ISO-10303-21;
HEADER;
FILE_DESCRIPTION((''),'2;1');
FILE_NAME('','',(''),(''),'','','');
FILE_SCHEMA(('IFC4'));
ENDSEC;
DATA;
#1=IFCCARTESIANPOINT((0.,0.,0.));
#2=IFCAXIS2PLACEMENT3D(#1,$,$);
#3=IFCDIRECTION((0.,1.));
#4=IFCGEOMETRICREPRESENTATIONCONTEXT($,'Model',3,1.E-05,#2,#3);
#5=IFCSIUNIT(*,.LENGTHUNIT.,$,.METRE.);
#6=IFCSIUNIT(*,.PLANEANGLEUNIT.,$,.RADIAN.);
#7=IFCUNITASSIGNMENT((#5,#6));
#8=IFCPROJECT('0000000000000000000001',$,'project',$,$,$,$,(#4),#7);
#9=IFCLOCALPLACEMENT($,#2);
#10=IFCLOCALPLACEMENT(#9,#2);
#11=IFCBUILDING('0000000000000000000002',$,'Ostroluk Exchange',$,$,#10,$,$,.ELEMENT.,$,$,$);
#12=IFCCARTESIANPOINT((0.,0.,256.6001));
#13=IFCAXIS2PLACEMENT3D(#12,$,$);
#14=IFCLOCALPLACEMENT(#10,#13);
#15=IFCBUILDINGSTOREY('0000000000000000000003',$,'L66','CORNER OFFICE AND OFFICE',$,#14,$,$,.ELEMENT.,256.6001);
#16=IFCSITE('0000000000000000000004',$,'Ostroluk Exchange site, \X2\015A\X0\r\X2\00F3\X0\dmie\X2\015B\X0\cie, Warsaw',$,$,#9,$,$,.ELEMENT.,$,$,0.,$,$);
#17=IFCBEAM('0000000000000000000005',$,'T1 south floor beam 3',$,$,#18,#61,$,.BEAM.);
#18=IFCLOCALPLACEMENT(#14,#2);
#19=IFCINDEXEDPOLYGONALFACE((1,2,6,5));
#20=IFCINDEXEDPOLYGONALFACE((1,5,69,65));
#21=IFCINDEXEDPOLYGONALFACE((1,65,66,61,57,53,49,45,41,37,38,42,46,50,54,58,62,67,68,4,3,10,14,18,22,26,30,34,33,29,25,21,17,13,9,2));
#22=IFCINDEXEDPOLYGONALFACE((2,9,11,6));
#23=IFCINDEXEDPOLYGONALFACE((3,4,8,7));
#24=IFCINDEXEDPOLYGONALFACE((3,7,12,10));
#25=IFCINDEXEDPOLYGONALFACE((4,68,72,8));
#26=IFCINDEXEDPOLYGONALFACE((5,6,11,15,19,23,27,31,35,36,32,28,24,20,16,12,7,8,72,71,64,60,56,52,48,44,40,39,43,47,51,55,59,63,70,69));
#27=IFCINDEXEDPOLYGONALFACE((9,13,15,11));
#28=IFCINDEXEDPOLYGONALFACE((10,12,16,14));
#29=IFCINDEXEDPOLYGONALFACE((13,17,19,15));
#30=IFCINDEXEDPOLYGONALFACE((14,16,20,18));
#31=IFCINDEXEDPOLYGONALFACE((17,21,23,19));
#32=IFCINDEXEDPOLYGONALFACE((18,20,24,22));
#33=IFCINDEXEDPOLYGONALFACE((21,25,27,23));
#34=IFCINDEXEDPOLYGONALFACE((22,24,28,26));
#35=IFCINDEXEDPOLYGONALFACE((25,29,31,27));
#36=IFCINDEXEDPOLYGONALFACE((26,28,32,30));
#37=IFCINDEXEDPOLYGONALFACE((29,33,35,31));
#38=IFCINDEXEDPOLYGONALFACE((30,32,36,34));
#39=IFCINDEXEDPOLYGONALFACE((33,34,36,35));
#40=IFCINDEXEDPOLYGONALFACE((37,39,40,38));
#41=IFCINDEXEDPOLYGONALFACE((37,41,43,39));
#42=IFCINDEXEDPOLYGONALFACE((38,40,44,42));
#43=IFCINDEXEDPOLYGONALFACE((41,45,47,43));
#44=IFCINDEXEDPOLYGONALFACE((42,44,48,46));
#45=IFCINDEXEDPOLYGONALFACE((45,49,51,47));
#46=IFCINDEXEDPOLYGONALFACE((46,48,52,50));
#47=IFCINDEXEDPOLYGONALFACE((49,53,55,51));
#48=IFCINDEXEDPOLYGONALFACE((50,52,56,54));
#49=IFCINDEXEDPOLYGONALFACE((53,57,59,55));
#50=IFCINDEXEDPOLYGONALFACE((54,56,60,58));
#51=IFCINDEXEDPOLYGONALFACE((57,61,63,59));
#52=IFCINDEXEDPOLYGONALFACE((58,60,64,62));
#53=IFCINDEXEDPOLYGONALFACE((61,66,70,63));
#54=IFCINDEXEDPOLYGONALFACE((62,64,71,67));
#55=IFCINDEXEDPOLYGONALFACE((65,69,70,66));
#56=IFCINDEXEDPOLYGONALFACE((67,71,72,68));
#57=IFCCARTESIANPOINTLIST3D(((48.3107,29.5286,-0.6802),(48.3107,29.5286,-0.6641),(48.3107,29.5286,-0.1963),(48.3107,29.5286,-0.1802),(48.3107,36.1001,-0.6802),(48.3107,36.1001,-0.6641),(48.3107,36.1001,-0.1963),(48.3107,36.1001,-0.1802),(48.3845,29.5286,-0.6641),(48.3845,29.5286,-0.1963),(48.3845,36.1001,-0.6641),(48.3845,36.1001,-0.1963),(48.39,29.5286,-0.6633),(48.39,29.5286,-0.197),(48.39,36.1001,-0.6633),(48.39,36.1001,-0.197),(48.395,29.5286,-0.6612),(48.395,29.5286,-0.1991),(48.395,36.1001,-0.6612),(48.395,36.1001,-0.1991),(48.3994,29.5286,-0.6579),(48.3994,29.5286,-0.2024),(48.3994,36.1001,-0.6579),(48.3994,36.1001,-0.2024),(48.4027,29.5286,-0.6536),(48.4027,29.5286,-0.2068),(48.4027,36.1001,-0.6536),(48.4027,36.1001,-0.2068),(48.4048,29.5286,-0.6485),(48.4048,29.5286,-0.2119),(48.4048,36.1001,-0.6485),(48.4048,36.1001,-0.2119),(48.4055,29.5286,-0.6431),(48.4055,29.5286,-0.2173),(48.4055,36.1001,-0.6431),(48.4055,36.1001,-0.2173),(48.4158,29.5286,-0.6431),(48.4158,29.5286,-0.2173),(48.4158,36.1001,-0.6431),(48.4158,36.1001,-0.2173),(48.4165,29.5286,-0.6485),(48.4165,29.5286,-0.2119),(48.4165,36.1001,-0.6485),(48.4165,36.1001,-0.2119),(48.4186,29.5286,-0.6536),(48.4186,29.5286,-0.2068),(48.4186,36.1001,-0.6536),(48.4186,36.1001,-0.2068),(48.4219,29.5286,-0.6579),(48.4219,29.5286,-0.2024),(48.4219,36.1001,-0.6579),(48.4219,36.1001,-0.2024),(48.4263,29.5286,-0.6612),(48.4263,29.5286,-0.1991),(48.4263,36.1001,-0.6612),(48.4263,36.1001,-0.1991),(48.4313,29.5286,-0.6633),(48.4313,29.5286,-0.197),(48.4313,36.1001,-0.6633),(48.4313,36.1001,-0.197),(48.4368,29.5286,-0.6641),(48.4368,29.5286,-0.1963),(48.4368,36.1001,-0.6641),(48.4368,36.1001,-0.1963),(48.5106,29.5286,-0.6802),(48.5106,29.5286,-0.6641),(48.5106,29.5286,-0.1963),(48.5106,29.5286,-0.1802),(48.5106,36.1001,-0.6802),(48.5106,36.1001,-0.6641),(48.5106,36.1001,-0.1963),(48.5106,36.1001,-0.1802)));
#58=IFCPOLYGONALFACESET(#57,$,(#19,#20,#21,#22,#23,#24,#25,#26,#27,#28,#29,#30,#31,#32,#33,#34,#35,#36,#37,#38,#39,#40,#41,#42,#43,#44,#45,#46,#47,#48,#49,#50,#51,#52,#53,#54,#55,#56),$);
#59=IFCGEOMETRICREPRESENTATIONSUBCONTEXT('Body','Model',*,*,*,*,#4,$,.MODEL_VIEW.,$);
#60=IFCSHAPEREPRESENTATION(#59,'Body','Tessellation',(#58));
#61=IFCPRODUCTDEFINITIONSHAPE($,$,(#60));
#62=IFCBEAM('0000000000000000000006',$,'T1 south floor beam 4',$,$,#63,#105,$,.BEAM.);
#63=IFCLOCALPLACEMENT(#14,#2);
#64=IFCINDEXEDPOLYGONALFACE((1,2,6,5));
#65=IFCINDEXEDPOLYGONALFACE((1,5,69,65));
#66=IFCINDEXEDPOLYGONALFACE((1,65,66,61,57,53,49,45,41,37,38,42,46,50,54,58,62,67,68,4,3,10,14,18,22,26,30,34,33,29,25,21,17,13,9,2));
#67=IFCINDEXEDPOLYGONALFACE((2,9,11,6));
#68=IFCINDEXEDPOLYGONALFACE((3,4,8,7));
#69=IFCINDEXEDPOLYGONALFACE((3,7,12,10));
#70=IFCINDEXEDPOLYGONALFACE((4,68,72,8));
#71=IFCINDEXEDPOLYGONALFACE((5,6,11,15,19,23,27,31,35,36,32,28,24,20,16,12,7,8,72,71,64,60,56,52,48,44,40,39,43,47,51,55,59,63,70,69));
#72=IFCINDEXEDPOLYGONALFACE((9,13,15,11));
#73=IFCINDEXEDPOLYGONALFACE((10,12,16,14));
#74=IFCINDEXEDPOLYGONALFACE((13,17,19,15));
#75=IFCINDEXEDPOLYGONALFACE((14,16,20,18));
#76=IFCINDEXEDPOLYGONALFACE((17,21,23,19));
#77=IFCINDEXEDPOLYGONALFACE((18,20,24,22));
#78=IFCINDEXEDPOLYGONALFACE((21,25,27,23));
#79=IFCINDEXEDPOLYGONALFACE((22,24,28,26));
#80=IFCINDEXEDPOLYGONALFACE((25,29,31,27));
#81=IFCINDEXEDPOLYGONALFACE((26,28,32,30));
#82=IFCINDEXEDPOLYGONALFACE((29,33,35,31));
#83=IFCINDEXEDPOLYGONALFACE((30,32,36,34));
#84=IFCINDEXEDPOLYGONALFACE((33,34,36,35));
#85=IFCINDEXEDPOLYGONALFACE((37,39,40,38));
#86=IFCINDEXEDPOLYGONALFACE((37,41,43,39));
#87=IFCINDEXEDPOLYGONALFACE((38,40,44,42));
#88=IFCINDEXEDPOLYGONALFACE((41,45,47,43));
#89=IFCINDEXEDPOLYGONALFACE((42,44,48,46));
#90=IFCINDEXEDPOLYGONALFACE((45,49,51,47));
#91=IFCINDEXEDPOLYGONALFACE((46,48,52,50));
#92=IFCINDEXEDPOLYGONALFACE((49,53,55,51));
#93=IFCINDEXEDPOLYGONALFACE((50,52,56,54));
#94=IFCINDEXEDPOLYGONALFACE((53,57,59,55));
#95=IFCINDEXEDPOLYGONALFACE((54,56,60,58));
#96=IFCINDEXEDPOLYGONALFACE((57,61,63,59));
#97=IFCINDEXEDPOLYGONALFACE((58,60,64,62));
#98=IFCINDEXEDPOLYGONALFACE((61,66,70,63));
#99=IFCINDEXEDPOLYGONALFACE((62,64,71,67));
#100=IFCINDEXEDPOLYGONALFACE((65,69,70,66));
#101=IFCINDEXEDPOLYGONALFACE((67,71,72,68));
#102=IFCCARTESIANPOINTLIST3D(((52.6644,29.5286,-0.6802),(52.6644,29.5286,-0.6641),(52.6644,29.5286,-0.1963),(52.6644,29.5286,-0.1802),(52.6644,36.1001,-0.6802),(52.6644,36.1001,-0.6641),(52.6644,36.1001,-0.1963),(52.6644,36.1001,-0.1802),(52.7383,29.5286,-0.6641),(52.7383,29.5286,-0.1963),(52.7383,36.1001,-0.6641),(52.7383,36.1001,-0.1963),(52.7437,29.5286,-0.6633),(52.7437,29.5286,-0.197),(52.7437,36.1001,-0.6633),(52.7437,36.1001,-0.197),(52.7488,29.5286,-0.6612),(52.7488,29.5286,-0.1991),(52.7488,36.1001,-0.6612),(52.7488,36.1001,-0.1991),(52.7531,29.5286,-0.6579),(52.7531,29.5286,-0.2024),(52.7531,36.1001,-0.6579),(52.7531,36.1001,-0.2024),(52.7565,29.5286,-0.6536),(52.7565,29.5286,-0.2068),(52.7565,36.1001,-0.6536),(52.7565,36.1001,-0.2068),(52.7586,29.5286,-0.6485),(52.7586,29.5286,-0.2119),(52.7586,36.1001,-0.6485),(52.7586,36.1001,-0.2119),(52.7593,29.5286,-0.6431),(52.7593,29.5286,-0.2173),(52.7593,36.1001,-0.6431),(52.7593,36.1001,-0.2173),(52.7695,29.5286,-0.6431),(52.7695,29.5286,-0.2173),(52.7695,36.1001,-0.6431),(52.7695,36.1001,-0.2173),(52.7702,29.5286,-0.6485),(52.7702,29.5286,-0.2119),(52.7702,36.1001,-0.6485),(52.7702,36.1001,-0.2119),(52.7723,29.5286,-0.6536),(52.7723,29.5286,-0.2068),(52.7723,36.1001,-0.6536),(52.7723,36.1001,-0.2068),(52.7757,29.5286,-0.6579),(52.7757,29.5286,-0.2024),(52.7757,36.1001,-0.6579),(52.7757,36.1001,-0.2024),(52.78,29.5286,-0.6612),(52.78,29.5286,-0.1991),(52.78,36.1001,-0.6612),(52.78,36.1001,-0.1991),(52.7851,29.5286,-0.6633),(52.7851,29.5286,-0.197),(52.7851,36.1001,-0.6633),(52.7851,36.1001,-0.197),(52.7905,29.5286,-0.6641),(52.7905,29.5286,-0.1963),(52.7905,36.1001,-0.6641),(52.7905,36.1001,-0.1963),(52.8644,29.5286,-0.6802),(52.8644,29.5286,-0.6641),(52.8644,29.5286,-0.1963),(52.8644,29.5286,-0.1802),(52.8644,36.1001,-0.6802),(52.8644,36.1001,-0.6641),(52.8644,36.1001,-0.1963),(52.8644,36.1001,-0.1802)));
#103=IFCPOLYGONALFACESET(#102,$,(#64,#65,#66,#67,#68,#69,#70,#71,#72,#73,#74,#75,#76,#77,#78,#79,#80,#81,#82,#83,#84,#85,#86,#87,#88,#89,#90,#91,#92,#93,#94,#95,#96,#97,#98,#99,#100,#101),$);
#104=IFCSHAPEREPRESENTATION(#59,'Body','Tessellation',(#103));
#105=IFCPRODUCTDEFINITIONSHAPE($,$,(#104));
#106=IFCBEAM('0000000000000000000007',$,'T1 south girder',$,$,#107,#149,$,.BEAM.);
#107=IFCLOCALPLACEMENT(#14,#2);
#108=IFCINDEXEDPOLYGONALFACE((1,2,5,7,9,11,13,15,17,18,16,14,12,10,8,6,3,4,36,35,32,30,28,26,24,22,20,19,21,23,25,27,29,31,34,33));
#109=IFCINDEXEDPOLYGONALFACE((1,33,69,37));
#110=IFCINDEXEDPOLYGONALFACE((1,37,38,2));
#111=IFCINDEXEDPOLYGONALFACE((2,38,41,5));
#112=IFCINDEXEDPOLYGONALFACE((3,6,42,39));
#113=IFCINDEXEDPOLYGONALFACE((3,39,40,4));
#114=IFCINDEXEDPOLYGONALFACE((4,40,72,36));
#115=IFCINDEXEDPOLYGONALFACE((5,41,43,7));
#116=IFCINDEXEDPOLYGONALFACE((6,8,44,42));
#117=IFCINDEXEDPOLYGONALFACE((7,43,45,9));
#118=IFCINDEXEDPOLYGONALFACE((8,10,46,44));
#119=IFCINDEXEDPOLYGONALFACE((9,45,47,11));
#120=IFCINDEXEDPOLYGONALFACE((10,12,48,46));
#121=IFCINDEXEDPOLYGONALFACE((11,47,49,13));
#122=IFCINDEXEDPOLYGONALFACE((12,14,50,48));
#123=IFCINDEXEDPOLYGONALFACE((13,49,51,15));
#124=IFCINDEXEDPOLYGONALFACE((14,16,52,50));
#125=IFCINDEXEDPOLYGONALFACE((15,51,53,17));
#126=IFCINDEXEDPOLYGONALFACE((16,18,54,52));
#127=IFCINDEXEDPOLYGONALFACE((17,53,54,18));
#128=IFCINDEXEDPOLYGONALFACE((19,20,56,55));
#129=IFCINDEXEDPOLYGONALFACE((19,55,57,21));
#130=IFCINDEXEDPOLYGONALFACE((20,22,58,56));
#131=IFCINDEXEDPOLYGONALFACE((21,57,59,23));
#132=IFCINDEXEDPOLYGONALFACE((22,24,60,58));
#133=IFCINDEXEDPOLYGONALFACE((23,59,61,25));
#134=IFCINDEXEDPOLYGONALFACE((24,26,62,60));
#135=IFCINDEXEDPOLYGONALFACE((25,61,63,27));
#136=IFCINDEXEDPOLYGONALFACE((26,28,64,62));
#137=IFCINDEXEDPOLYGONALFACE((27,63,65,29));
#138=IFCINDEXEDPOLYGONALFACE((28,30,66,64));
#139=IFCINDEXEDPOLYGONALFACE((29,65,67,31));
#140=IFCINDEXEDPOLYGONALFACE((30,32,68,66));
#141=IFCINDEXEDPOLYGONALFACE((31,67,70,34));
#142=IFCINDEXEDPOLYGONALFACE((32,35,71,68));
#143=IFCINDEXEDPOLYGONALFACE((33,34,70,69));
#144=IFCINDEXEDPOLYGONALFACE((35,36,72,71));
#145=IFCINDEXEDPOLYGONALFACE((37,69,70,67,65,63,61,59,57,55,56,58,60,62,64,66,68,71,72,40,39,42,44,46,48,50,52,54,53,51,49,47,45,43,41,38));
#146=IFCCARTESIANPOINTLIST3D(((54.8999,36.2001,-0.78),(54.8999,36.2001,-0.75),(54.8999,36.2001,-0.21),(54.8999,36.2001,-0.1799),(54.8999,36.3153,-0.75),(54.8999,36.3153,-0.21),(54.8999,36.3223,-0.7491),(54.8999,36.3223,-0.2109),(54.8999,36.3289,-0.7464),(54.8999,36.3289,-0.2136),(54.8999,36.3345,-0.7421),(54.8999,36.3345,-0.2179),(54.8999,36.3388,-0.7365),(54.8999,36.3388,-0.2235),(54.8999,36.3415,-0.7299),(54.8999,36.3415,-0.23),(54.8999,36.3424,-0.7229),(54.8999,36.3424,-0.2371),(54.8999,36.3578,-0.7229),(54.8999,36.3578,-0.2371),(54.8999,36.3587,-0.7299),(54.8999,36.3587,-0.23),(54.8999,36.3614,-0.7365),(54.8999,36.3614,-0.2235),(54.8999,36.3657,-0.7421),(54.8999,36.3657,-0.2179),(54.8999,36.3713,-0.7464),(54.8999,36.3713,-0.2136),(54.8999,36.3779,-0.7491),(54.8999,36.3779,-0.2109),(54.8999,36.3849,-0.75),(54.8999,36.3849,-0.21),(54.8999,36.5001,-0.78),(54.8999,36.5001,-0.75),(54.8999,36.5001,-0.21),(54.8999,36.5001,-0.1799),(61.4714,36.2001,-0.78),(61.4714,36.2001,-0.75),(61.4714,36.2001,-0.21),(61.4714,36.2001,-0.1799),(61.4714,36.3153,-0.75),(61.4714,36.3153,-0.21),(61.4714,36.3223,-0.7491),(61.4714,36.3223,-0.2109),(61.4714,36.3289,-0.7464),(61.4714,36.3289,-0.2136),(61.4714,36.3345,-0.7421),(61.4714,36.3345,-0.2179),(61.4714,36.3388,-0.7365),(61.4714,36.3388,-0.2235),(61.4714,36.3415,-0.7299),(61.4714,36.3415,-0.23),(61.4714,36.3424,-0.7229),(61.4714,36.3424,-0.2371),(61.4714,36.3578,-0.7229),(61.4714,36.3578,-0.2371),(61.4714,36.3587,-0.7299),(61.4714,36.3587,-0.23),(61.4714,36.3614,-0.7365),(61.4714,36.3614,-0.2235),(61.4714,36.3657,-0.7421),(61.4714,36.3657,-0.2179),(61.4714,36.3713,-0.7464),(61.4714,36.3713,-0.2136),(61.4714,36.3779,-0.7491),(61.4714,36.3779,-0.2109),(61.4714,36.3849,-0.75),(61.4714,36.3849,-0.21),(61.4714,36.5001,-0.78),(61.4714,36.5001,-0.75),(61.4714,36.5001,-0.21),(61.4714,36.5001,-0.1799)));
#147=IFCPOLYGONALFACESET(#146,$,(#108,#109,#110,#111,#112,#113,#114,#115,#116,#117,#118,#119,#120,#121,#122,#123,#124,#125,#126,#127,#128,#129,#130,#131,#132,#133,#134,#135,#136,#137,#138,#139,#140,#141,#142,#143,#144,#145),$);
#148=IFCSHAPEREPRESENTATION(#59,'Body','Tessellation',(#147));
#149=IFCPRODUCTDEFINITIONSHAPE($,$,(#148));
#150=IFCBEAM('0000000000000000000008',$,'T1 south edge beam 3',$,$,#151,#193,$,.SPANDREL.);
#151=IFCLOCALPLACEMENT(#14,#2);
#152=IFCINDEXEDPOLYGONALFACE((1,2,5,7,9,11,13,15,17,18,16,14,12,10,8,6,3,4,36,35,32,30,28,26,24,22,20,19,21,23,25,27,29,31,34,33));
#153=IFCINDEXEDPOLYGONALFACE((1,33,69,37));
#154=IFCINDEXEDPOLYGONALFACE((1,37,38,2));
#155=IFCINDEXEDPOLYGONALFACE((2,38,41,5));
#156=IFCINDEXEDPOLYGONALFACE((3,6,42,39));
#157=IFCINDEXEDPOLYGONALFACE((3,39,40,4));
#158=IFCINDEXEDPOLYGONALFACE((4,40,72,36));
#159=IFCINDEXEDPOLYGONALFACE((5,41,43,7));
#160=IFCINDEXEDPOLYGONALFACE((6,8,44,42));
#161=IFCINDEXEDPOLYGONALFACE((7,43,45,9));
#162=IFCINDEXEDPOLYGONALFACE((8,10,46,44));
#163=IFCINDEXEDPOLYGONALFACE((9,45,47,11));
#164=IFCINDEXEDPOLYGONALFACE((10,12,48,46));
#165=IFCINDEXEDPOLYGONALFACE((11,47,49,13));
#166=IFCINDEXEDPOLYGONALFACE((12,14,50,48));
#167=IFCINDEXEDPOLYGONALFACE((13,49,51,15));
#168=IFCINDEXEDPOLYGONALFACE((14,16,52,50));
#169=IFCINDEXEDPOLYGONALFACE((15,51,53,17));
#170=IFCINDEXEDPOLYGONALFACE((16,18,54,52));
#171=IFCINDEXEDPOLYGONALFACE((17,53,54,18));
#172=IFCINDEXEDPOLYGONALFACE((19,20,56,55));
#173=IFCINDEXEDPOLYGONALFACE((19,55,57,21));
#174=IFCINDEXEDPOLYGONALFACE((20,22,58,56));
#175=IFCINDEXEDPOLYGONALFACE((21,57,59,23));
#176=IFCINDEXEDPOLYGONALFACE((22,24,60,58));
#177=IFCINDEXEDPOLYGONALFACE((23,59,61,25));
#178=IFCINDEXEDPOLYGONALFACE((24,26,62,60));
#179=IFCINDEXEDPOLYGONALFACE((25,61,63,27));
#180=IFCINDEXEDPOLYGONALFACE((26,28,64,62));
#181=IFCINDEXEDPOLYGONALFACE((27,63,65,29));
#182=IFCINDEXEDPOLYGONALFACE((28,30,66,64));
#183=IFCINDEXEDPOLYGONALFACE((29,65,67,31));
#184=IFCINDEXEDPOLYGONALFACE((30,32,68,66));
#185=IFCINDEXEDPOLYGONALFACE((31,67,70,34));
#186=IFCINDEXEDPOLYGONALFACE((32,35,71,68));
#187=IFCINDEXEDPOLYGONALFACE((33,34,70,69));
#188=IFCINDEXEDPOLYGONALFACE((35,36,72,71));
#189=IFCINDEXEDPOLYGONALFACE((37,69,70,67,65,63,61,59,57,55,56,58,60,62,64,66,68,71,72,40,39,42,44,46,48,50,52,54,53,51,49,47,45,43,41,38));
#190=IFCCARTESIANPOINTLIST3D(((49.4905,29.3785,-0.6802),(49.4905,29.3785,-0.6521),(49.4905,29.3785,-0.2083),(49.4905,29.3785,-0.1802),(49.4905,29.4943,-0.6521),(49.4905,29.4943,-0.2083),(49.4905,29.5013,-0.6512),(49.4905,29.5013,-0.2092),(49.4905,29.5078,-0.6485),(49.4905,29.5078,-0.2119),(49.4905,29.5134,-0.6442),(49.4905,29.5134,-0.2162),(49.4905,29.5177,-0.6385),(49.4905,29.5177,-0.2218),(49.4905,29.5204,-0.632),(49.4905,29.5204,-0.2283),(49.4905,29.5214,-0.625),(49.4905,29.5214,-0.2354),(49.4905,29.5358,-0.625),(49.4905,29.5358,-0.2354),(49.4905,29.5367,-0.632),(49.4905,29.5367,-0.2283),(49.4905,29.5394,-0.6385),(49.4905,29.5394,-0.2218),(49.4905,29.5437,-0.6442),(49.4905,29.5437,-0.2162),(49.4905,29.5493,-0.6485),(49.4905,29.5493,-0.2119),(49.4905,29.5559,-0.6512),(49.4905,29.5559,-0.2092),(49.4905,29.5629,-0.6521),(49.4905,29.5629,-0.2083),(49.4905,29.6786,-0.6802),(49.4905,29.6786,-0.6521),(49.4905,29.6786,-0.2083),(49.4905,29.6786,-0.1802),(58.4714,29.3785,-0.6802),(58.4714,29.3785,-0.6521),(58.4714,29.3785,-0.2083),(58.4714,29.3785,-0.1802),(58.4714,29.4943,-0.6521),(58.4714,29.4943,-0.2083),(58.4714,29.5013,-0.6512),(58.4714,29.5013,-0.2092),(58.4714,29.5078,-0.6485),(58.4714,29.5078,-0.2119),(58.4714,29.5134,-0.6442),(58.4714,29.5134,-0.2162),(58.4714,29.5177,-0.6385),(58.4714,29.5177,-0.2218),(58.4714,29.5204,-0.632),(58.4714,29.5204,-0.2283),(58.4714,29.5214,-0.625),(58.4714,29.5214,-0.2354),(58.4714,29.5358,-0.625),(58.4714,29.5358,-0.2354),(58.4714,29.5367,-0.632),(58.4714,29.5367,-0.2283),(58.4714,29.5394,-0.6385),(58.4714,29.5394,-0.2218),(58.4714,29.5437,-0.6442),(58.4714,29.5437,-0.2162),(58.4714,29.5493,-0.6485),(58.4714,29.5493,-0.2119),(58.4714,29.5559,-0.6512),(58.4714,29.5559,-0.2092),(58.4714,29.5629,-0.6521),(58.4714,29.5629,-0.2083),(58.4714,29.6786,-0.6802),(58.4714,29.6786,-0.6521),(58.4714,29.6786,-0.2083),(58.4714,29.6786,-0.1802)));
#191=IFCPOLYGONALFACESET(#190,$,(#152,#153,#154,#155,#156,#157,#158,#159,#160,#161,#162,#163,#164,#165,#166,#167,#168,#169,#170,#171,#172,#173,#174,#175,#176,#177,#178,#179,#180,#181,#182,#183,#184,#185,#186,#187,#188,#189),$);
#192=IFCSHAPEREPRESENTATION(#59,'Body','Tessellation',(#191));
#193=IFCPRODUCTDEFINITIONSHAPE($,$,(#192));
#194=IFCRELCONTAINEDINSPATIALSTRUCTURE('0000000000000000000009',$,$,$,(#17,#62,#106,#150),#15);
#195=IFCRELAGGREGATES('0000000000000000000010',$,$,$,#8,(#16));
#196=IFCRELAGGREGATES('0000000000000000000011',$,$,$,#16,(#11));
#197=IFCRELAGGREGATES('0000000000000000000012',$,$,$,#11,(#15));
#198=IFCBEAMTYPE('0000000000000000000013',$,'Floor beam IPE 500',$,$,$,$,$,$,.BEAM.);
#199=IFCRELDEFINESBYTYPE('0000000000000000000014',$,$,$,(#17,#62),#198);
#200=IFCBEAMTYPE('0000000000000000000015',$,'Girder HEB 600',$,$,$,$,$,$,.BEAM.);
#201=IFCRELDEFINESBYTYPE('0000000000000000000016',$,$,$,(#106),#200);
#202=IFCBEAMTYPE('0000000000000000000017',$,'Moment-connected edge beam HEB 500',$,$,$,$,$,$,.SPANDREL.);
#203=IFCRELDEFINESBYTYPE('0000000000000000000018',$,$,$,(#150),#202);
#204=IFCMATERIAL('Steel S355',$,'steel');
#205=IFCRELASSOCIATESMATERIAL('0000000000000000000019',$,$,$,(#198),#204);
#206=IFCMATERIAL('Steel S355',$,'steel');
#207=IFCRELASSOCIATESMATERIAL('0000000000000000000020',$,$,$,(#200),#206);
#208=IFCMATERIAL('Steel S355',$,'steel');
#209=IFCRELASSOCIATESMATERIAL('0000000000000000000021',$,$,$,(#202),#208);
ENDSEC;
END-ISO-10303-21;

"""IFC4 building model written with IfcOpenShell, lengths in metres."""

from ifc_helpers import new_model, si_unit, direction, frame, origin, origin_2d, place, context, subcontext, project, spatial, i_section, extrude, material, material_profile, profile_set, type_object, element, save


model = new_model("IFC4")

# Units and contexts
model_context = context("Model", 3, precision=1e-05, world=origin(), true_north=direction((0.0, 1.0)))
body_context = subcontext(model_context, "Body", "Model", "MODEL_VIEW")
ifc_project = project(units=[si_unit("LENGTHUNIT", "METRE"), si_unit("PLANEANGLEUNIT", "RADIAN")], contexts=[model_context])

# Site, building, storey
site_placement = place(None, origin())
site = spatial("IfcSite", under=ifc_project, at=site_placement, Name="Ostroluk Exchange site, Śródmieście, Warsaw", CompositionType="ELEMENT", RefElevation=0.0)
building_placement = place(site_placement, origin())
building = spatial("IfcBuilding", under=site, at=building_placement, Name="Ostroluk Exchange", CompositionType="ELEMENT")
storey_placement = place(building_placement, frame((0.0, 0.0, 256.6001)))
storey = spatial("IfcBuildingStorey", under=building, at=storey_placement, Name="L66", Description="CORNER OFFICE AND OFFICE", CompositionType="ELEMENT", Elevation=256.6001)

# Beams
ifc_material_1 = material(Name="Steel S355", Category="steel")
ifc_material_profile_1 = material_profile(ifc_material_1, i_section(OverallWidth=0.2, OverallDepth=0.5, WebThickness=0.0103, FlangeThickness=0.0161, FilletRadius=0.021, at=origin_2d()), Name="IPE 500")
ifc_profile_set_1 = profile_set([ifc_material_profile_1], Name="Steel S355")
beam_type_1 = type_object("IfcBeamType", Name="Floor beam IPE 500", PredefinedType="BEAM", material=ifc_profile_set_1)
for number, where, z_axis, x_axis, name in (
    (1, (48.4106, 36.1001, -0.4302), (0.0, -1.0, 0.0), (1.0, 0.0, 0.0), "T1 south floor beam 3"),
    (2, (52.7644, 36.1001, -0.4302), (0.0, -1.0, 0.0), (1.0, 0.0, 0.0), "T1 south floor beam 4"),
):
    element("IfcBeam", number, at=place(storey_placement, frame(where, z_axis=z_axis, x_axis=x_axis)), inside=storey, type_object=beam_type_1, Name=name, PredefinedType="BEAM", context=body_context, shape_type="SweptSolid", body=[
        extrude(i_section(OverallWidth=0.2, OverallDepth=0.5, WebThickness=0.0103, FlangeThickness=0.0161, FilletRadius=0.021, at=origin_2d()), origin(), (0.0, 0.0, 1.0), 6.5715),
    ])
ifc_material_2 = material(Name="Steel S355", Category="steel")
ifc_material_profile_2 = material_profile(ifc_material_2, i_section(OverallWidth=0.3, OverallDepth=0.6001, WebThickness=0.0154, FlangeThickness=0.03, FilletRadius=0.0271, at=origin_2d()), Name="HEB 600")
ifc_profile_set_2 = profile_set([ifc_material_profile_2], Name="Steel S355")
beam_type_2 = type_object("IfcBeamType", Name="Girder HEB 600", PredefinedType="BEAM", material=ifc_profile_set_2)
beam_1_placement = place(storey_placement, frame((54.8999, 36.3501, -0.48), z_axis=(1.0, 0.0, 0.0), x_axis=(0.0, 1.0, 0.0)))
element("IfcBeam", 3, at=beam_1_placement, inside=storey, type_object=beam_type_2, Name="T1 south girder", PredefinedType="BEAM", context=body_context, shape_type="SweptSolid", body=[
    extrude(i_section(OverallWidth=0.3, OverallDepth=0.6001, WebThickness=0.0154, FlangeThickness=0.03, FilletRadius=0.0271, at=origin_2d()), origin(), (0.0, 0.0, 1.0), 6.5715),
])
ifc_material_3 = material(Name="Steel S355", Category="steel")
ifc_material_profile_3 = material_profile(ifc_material_3, i_section(OverallWidth=0.3, OverallDepth=0.5, WebThickness=0.0144, FlangeThickness=0.0281, FilletRadius=0.0271, at=origin_2d()), Name="HEB 500")
ifc_profile_set_3 = profile_set([ifc_material_profile_3], Name="Steel S355")
beam_type_3 = type_object("IfcBeamType", Name="Moment-connected edge beam HEB 500", PredefinedType="SPANDREL", material=ifc_profile_set_3)
beam_2_placement = place(storey_placement, frame((49.4905, 29.5286, -0.4302), z_axis=(1.0, 0.0, 0.0), x_axis=(0.0, 1.0, 0.0)))
element("IfcBeam", 4, at=beam_2_placement, inside=storey, type_object=beam_type_3, Name="T1 south edge beam 3", PredefinedType="SPANDREL", context=body_context, shape_type="SweptSolid", body=[
    extrude(i_section(OverallWidth=0.3, OverallDepth=0.5, WebThickness=0.0144, FlangeThickness=0.0281, FilletRadius=0.0271, at=origin_2d()), origin(), (0.0, 0.0, 1.0), 8.981),
])

save(model, "model.ifc")
